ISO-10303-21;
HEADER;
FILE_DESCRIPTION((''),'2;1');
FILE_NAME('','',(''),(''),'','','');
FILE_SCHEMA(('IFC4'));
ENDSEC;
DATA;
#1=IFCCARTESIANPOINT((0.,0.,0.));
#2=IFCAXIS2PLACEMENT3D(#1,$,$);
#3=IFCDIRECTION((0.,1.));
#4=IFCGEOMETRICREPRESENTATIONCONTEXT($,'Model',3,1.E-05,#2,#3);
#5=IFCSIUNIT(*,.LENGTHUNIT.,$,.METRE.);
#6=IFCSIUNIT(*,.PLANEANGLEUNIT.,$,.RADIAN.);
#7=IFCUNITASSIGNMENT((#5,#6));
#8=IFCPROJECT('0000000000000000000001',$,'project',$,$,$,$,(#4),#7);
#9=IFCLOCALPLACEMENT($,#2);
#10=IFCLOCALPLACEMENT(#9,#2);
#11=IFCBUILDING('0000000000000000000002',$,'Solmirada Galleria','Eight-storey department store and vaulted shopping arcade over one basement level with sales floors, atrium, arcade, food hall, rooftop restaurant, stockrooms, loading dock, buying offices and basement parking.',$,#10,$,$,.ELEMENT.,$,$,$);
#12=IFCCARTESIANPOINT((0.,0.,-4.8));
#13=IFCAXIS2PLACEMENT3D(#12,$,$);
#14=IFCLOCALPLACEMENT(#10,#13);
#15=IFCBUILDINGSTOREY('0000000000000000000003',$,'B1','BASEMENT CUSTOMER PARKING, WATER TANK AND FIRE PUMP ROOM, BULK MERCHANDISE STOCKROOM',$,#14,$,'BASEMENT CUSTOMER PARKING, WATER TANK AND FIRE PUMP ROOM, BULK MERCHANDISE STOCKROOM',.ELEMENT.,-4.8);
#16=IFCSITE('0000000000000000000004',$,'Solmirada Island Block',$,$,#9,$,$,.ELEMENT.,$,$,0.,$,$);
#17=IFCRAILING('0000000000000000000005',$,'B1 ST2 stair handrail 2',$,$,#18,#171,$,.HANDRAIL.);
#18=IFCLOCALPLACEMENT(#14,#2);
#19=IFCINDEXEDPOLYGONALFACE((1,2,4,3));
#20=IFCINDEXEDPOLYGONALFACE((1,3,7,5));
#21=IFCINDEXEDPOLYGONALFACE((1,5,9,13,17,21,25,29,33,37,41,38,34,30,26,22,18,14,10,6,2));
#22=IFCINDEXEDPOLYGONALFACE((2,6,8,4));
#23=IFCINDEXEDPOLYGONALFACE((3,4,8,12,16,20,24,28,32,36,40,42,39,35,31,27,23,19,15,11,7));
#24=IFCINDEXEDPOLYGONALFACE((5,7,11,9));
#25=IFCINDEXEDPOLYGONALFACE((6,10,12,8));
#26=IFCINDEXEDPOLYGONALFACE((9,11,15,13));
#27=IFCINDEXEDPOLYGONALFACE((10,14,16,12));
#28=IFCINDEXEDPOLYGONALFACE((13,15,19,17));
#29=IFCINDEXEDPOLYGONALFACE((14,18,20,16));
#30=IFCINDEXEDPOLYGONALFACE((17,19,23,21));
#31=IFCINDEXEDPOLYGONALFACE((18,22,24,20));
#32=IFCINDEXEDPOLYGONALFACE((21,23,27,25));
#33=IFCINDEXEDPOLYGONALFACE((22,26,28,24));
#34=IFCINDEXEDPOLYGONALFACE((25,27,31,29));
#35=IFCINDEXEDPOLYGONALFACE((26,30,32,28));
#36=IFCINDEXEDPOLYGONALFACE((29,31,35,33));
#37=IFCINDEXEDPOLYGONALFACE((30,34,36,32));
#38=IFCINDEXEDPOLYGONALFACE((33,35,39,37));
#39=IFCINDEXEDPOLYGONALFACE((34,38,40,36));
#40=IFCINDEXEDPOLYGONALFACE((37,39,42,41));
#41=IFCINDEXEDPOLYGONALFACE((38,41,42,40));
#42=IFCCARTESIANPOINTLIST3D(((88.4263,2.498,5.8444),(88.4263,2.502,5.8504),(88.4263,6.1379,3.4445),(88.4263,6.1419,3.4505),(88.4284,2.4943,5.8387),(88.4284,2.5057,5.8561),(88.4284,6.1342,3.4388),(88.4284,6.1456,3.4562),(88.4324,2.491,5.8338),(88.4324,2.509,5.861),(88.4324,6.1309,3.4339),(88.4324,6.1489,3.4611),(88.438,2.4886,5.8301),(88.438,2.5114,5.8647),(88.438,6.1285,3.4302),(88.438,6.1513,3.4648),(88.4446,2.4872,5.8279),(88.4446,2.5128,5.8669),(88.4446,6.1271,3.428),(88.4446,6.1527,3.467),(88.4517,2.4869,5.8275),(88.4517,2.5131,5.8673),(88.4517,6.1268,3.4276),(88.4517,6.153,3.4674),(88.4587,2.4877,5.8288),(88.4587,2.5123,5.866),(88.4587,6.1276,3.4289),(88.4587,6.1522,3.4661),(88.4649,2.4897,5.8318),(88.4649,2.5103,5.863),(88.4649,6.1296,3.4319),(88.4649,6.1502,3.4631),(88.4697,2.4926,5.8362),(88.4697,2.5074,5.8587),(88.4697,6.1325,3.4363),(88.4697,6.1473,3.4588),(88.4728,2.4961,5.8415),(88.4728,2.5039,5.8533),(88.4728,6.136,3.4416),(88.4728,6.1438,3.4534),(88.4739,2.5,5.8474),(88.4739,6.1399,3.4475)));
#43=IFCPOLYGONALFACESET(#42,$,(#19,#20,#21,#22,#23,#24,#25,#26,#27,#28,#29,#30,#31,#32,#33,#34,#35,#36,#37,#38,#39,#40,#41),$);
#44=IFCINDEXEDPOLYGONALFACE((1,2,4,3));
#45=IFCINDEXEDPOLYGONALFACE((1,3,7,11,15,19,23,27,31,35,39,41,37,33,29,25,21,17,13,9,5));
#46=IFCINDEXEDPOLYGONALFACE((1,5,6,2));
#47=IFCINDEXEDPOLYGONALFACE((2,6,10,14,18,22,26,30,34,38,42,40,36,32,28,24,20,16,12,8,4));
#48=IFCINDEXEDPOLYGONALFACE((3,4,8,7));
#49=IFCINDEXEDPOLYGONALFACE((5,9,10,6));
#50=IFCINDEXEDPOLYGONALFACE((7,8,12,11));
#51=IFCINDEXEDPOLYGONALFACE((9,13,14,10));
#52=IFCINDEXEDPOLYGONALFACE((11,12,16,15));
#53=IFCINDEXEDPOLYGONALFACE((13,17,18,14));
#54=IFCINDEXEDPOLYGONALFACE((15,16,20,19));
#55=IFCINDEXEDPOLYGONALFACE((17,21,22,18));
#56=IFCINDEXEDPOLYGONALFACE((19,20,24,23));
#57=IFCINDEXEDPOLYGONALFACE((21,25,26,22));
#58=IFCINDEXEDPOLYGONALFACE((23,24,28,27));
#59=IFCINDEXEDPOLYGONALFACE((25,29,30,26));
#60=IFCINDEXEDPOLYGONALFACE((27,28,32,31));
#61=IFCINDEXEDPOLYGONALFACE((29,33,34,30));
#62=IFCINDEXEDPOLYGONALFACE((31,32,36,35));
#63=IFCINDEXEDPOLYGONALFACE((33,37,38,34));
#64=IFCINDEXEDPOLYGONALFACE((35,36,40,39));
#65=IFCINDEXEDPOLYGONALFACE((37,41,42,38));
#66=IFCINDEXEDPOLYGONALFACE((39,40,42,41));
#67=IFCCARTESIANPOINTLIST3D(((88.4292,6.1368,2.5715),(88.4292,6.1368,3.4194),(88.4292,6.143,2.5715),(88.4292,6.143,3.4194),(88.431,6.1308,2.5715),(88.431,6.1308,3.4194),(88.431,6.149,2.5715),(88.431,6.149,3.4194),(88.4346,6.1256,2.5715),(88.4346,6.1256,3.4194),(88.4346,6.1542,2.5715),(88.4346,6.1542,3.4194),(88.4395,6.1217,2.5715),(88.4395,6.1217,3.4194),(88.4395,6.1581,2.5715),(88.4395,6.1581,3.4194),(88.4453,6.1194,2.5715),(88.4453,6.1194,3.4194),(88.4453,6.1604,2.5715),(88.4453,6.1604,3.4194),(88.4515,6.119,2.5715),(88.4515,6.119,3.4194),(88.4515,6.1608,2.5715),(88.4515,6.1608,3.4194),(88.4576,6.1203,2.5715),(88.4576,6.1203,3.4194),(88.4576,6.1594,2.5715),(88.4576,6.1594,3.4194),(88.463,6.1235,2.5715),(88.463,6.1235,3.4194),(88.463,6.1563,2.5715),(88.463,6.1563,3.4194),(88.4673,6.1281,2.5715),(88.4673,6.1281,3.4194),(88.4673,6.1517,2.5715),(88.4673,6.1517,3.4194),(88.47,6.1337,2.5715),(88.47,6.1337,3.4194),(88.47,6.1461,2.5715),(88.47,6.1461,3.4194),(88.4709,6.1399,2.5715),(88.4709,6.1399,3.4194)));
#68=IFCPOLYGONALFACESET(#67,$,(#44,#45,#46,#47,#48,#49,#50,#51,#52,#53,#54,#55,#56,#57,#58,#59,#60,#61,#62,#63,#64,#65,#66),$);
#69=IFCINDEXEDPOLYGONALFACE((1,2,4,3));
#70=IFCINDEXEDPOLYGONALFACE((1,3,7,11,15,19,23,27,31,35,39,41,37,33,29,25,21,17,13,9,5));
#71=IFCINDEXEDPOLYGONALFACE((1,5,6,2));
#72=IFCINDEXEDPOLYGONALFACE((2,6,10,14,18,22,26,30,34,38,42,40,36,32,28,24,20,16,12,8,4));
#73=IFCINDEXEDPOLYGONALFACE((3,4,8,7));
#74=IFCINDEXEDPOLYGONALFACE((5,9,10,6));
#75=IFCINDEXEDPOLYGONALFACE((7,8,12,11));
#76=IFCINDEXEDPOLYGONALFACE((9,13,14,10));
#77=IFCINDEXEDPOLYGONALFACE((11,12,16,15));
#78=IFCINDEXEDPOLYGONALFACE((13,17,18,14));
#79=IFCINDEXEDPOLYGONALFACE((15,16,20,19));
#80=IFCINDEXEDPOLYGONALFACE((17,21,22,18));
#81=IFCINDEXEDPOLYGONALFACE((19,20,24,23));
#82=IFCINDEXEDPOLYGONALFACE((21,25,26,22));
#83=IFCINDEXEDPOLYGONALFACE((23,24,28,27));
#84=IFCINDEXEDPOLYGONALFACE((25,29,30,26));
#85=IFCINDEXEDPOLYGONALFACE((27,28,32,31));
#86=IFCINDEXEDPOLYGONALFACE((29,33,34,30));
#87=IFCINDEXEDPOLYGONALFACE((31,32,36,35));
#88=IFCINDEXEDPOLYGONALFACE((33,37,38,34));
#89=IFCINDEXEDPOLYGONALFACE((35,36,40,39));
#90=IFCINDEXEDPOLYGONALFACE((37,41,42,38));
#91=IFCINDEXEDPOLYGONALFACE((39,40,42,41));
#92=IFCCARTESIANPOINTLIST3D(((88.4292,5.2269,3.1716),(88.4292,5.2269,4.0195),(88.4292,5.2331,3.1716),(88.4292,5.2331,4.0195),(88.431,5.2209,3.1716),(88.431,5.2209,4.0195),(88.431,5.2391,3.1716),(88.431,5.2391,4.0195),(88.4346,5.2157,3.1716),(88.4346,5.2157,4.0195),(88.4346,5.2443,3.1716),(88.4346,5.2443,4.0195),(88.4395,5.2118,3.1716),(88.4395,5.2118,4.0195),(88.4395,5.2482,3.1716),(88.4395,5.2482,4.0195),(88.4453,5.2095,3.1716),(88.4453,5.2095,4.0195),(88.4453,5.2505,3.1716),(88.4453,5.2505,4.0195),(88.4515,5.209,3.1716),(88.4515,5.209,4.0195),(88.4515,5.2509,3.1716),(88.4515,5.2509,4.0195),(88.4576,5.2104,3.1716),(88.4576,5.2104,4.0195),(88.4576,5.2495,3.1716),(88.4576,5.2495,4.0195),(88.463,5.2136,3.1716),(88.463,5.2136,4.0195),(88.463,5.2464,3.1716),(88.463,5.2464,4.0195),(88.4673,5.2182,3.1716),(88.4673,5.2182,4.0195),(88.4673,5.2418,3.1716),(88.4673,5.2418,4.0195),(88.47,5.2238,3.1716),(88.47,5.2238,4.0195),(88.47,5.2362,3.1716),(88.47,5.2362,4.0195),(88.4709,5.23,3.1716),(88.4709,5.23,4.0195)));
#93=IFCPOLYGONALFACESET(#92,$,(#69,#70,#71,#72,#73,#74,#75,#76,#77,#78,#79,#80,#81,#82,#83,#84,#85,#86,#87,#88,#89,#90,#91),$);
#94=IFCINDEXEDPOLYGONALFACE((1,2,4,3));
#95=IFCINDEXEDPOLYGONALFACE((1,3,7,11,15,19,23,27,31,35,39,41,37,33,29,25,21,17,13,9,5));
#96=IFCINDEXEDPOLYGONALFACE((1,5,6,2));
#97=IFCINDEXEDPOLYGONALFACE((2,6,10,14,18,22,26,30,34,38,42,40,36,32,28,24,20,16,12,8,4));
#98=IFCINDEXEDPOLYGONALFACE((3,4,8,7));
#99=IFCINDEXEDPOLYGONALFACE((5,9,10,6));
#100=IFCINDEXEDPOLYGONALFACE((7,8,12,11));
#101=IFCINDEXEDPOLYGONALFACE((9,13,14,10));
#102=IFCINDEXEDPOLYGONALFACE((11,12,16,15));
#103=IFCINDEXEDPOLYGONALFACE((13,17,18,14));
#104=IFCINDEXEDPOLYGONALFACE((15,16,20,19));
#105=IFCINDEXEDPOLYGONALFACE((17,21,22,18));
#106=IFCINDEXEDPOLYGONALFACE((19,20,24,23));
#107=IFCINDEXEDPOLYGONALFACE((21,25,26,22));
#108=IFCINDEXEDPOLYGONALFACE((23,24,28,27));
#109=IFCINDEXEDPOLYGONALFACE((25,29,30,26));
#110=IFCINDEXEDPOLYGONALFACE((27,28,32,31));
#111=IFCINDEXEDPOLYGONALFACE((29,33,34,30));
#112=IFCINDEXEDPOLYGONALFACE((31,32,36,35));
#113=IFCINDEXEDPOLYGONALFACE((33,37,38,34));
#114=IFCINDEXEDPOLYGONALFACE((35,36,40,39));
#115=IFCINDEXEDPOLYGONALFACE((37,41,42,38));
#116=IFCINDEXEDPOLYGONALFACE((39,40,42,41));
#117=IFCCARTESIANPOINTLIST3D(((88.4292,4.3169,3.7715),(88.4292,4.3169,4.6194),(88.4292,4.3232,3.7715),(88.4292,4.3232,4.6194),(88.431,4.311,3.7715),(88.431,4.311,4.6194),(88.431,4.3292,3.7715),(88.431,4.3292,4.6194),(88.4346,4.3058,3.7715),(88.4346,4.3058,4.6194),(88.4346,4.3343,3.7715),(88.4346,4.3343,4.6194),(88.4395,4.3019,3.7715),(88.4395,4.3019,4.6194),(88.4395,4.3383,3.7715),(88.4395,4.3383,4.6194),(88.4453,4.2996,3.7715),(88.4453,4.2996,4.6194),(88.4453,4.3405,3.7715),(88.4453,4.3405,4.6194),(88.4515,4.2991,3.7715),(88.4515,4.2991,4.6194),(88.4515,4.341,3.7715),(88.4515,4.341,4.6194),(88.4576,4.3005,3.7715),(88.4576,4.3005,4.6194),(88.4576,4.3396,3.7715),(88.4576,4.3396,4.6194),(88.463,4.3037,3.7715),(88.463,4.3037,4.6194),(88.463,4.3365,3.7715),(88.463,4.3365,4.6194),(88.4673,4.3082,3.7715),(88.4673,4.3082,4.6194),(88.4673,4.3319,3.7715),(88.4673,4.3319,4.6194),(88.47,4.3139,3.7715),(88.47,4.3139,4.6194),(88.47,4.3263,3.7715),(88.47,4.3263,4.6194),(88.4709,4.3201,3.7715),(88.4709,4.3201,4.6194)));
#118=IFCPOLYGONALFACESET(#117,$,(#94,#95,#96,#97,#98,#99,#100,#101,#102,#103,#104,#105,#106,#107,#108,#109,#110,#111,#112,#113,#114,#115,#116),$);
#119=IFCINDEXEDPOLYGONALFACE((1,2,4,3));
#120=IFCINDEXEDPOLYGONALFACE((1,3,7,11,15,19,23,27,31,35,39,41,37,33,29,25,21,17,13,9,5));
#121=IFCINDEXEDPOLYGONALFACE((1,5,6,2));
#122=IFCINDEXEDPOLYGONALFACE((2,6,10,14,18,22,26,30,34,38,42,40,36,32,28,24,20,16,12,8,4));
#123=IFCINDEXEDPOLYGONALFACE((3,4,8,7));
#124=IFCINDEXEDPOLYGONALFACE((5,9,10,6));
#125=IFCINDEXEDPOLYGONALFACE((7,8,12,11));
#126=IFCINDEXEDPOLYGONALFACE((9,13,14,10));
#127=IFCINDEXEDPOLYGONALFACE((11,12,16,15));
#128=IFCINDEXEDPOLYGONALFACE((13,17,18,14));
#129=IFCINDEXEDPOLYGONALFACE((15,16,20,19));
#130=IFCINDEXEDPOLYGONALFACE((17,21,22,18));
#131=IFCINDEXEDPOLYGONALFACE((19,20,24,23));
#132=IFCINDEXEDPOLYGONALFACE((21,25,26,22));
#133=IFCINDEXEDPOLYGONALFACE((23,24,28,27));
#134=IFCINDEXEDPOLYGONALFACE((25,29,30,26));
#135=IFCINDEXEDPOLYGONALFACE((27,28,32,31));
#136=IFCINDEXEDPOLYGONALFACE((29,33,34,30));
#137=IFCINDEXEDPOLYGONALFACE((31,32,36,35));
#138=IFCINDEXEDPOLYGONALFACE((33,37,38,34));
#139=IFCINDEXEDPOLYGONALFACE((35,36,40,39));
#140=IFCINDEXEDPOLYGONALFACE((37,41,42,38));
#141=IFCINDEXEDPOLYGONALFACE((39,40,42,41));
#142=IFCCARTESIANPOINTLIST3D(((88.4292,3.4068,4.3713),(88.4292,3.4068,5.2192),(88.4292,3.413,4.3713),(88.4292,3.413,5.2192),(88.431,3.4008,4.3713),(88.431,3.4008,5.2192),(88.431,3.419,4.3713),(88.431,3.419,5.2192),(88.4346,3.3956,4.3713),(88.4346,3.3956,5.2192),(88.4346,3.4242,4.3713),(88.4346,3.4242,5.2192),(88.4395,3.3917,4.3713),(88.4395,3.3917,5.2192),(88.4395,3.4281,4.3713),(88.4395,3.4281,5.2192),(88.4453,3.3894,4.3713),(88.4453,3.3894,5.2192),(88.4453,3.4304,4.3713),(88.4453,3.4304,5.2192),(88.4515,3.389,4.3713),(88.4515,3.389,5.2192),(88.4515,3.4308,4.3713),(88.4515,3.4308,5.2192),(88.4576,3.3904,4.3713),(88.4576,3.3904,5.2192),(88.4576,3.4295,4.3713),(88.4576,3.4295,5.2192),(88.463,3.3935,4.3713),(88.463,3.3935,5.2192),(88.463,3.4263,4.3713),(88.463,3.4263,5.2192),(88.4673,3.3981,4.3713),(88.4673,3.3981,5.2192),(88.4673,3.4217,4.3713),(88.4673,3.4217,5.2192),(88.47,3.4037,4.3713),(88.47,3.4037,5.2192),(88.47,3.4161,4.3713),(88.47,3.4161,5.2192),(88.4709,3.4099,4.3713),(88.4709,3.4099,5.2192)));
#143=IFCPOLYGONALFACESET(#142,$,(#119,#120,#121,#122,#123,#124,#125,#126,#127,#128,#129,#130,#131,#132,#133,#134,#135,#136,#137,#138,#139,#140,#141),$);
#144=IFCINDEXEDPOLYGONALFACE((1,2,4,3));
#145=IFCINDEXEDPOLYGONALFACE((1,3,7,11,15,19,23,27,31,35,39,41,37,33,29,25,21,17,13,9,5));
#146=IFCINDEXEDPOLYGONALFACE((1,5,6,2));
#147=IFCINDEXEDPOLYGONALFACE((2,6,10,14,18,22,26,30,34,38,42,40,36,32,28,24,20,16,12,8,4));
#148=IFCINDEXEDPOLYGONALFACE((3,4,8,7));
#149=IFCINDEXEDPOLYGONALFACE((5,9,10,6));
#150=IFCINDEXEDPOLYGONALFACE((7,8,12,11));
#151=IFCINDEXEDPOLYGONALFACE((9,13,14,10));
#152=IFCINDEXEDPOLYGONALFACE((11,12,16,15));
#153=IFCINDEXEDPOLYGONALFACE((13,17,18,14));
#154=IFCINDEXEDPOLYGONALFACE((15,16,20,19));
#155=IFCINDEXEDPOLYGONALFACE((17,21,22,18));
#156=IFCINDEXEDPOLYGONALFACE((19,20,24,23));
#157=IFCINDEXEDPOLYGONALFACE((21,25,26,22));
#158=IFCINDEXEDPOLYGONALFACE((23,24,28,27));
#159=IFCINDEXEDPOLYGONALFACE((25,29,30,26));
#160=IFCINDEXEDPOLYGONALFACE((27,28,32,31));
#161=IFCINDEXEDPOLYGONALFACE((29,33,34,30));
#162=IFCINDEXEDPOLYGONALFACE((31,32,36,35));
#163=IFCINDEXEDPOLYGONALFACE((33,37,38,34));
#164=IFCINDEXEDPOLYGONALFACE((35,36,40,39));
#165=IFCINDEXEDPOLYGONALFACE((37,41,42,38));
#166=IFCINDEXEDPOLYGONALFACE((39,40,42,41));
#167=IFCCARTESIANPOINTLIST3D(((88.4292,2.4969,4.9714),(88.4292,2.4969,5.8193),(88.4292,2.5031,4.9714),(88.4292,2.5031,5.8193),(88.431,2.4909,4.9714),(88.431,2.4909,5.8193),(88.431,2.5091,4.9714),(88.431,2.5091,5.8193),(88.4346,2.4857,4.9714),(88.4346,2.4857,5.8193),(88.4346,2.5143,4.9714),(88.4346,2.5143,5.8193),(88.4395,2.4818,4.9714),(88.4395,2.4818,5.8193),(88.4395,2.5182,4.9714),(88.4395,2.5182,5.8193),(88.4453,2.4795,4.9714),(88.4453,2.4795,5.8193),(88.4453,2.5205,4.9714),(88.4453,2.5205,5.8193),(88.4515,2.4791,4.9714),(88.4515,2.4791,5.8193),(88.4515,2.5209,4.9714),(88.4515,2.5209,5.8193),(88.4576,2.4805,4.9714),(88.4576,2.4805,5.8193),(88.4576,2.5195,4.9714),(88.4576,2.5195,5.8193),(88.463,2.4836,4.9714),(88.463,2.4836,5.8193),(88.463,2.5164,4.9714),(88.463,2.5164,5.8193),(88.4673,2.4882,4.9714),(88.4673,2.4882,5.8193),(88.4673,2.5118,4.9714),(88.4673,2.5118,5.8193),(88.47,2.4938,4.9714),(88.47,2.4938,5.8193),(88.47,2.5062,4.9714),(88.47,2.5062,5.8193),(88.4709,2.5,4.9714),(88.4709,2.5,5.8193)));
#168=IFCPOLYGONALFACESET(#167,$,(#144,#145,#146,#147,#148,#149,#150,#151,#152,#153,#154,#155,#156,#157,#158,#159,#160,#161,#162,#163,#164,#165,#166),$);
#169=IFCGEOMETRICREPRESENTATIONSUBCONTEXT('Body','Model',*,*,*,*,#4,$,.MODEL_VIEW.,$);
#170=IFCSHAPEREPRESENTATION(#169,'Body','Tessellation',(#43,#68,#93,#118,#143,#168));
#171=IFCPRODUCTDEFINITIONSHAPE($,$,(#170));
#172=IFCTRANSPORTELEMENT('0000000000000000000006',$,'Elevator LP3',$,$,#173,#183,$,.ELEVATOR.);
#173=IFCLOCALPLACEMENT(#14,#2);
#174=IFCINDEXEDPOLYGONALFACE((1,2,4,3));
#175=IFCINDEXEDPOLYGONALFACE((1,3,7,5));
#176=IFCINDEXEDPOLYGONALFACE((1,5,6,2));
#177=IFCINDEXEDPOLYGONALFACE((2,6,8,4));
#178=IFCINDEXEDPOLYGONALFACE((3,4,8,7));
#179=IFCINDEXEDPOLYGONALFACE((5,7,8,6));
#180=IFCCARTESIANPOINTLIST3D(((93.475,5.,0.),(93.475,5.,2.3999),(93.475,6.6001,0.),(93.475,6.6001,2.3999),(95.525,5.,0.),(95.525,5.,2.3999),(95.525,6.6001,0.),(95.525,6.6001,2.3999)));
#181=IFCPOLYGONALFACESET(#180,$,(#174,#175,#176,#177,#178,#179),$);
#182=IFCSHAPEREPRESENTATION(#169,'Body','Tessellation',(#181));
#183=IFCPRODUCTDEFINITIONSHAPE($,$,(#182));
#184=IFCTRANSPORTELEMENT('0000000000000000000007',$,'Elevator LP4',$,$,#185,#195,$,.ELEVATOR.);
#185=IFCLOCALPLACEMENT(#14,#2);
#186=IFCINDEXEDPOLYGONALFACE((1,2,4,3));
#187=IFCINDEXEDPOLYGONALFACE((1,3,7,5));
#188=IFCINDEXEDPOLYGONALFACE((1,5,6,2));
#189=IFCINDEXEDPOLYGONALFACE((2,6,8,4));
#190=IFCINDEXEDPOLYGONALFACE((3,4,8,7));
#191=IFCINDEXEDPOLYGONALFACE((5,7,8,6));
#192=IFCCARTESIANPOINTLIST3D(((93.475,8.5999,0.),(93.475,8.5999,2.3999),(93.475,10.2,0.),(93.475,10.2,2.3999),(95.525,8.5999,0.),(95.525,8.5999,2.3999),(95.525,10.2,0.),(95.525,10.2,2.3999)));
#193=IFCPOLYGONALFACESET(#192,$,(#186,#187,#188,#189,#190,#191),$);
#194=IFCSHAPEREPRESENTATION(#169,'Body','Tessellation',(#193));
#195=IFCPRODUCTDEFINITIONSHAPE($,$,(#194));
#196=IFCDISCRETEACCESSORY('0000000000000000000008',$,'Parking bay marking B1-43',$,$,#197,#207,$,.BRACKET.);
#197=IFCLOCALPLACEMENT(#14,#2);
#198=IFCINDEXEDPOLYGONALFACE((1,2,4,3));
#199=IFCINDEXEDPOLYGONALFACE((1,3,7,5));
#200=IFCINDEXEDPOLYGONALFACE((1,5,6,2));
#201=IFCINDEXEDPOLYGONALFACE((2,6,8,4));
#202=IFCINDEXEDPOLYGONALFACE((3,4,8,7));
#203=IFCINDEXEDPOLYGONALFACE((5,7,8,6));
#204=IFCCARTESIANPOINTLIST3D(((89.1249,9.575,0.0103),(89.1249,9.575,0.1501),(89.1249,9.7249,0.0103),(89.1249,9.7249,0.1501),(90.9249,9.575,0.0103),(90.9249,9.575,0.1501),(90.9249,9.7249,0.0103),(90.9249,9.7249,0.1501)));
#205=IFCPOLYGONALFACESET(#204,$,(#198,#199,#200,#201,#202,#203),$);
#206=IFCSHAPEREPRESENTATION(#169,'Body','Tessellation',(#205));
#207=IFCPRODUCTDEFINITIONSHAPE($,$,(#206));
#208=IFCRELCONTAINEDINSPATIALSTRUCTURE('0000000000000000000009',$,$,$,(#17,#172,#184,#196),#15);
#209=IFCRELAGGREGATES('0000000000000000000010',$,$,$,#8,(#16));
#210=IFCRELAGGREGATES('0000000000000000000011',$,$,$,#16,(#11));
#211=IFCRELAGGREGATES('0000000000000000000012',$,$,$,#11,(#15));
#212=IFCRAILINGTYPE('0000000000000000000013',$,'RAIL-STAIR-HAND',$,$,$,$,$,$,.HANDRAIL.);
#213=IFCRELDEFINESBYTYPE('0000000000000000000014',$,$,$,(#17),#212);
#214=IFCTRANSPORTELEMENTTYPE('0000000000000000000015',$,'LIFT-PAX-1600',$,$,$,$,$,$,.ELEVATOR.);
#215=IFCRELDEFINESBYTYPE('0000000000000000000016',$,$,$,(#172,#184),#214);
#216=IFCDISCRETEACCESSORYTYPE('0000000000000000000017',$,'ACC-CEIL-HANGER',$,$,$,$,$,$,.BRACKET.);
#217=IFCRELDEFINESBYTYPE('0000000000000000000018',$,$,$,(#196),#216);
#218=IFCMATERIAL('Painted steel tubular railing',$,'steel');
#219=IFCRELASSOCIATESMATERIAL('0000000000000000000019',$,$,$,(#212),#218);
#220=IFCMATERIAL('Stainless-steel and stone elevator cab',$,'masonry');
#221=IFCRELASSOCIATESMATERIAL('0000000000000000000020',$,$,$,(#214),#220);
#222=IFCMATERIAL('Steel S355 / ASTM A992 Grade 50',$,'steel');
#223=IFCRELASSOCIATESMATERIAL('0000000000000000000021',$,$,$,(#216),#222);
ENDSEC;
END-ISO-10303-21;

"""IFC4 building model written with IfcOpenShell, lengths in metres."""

from ifc_helpers import new_model, si_unit, direction, frame, origin, origin_2d, place, context, subcontext, project, spatial, rectangle, circle, extrude, material, type_object, element, save


model = new_model("IFC4")

# Units and contexts
model_context = context("Model", 3, precision=1e-05, world=origin(), true_north=direction((0.0, 1.0)))
body_context = subcontext(model_context, "Body", "Model", "MODEL_VIEW")
ifc_project = project(units=[si_unit("LENGTHUNIT", "METRE"), si_unit("PLANEANGLEUNIT", "RADIAN")], contexts=[model_context])

# Site, building, storey
site_placement = place(None, origin())
site = spatial("IfcSite", under=ifc_project, at=site_placement, Name="Solmirada Island Block", CompositionType="ELEMENT", RefElevation=0.0)
building_placement = place(site_placement, origin())
building = spatial("IfcBuilding", under=site, at=building_placement, Name="Solmirada Galleria", Description="Eight-storey department store and vaulted shopping arcade over one basement level with sales floors, atrium, arcade, food hall, rooftop restaurant, stockrooms, loading dock, buying offices and basement parking.", CompositionType="ELEMENT")
storey_placement = place(building_placement, frame((0.0, 0.0, -4.8)))
storey = spatial("IfcBuildingStorey", under=building, at=storey_placement, Name="B1", Description="BASEMENT CUSTOMER PARKING, WATER TANK AND FIRE PUMP ROOM, BULK MERCHANDISE STOCKROOM", LongName="BASEMENT CUSTOMER PARKING, WATER TANK AND FIRE PUMP ROOM, BULK MERCHANDISE STOCKROOM", CompositionType="ELEMENT", Elevation=-4.8)

# Railing
ifc_material_1 = material(Name="Painted steel tubular railing", Category="steel")
railing_type_1 = type_object("IfcRailingType", Name="RAIL-STAIR-HAND", PredefinedType="HANDRAIL", material=ifc_material_1)
railing_1_placement = place(storey_placement, frame((88.45, 6.1399, 2.5715)))
element("IfcRailing", 1, at=railing_1_placement, inside=storey, type_object=railing_type_1, Name="B1 ST2 stair handrail 2", PredefinedType="HANDRAIL", context=body_context, shape_type="SweptSolid", body=[
    extrude(circle(Radius=0.0239, at=origin_2d()), frame((0.0, 0.0, 0.876), z_axis=(0.0, -0.834865, 0.550454), x_axis=(1.0, 0.0, 0.0)), (0.0, 0.0, 1.0), 4.3599),
    extrude(circle(Radius=0.021, at=origin_2d()), origin(), (0.0, 0.0, 1.0), 0.8479),
    extrude(circle(Radius=0.021, at=origin_2d()), frame((0.0, -0.9099, 0.6001)), (0.0, 0.0, 1.0), 0.8479),
    extrude(circle(Radius=0.021, at=origin_2d()), frame((0.0, -1.8198, 1.2)), (0.0, 0.0, 1.0), 0.8479),
    extrude(circle(Radius=0.021, at=origin_2d()), frame((0.0, -2.73, 1.7998)), (0.0, 0.0, 1.0), 0.8479),
    extrude(circle(Radius=0.021, at=origin_2d()), frame((0.0, -3.6399, 2.3999)), (0.0, 0.0, 1.0), 0.8479),
])

# Transport elements
ifc_material_2 = material(Name="Stainless-steel and stone elevator cab", Category="masonry")
transport_element_type = type_object("IfcTransportElementType", Name="LIFT-PAX-1600", PredefinedType="ELEVATOR", material=ifc_material_2)
for number, where, z_axis, x_axis, name in (
    (2, (94.5, 5.8, 0.0), (0.0, 0.0, 1.0), (1.0, 0.0, 0.0), "Elevator LP3"),
    (3, (94.5, 9.3999, 0.0), (0.0, 0.0, 1.0), (1.0, 0.0, 0.0), "Elevator LP4"),
):
    element("IfcTransportElement", number, at=place(storey_placement, frame(where, z_axis=z_axis, x_axis=x_axis)), inside=storey, type_object=transport_element_type, Name=name, PredefinedType="ELEVATOR", context=body_context, shape_type="SweptSolid", body=[
        extrude(rectangle(XDim=2.05, YDim=1.6001, at=origin_2d()), origin(), (0.0, 0.0, 1.0), 2.3999),
    ])

# Discrete accessory
ifc_material_3 = material(Name="Steel S355 / ASTM A992 Grade 50", Category="steel")
discrete_accessory_type = type_object("IfcDiscreteAccessoryType", Name="ACC-CEIL-HANGER", PredefinedType="BRACKET", material=ifc_material_3)
discrete_accessory_placement = place(storey_placement, frame((90.0249, 9.6499, 0.0103), z_axis=(0.0, 0.0, 1.0), x_axis=(1.0, 0.0, 0.0)))
element("IfcDiscreteAccessory", 4, at=discrete_accessory_placement, inside=storey, type_object=discrete_accessory_type, Name="Parking bay marking B1-43", PredefinedType="BRACKET", context=body_context, shape_type="SweptSolid", body=[
    extrude(rectangle(XDim=1.8, YDim=0.1499, at=origin_2d()), origin(), (0.0, 0.0, 1.0), 0.1399),
])

save(model, "model.ifc")
